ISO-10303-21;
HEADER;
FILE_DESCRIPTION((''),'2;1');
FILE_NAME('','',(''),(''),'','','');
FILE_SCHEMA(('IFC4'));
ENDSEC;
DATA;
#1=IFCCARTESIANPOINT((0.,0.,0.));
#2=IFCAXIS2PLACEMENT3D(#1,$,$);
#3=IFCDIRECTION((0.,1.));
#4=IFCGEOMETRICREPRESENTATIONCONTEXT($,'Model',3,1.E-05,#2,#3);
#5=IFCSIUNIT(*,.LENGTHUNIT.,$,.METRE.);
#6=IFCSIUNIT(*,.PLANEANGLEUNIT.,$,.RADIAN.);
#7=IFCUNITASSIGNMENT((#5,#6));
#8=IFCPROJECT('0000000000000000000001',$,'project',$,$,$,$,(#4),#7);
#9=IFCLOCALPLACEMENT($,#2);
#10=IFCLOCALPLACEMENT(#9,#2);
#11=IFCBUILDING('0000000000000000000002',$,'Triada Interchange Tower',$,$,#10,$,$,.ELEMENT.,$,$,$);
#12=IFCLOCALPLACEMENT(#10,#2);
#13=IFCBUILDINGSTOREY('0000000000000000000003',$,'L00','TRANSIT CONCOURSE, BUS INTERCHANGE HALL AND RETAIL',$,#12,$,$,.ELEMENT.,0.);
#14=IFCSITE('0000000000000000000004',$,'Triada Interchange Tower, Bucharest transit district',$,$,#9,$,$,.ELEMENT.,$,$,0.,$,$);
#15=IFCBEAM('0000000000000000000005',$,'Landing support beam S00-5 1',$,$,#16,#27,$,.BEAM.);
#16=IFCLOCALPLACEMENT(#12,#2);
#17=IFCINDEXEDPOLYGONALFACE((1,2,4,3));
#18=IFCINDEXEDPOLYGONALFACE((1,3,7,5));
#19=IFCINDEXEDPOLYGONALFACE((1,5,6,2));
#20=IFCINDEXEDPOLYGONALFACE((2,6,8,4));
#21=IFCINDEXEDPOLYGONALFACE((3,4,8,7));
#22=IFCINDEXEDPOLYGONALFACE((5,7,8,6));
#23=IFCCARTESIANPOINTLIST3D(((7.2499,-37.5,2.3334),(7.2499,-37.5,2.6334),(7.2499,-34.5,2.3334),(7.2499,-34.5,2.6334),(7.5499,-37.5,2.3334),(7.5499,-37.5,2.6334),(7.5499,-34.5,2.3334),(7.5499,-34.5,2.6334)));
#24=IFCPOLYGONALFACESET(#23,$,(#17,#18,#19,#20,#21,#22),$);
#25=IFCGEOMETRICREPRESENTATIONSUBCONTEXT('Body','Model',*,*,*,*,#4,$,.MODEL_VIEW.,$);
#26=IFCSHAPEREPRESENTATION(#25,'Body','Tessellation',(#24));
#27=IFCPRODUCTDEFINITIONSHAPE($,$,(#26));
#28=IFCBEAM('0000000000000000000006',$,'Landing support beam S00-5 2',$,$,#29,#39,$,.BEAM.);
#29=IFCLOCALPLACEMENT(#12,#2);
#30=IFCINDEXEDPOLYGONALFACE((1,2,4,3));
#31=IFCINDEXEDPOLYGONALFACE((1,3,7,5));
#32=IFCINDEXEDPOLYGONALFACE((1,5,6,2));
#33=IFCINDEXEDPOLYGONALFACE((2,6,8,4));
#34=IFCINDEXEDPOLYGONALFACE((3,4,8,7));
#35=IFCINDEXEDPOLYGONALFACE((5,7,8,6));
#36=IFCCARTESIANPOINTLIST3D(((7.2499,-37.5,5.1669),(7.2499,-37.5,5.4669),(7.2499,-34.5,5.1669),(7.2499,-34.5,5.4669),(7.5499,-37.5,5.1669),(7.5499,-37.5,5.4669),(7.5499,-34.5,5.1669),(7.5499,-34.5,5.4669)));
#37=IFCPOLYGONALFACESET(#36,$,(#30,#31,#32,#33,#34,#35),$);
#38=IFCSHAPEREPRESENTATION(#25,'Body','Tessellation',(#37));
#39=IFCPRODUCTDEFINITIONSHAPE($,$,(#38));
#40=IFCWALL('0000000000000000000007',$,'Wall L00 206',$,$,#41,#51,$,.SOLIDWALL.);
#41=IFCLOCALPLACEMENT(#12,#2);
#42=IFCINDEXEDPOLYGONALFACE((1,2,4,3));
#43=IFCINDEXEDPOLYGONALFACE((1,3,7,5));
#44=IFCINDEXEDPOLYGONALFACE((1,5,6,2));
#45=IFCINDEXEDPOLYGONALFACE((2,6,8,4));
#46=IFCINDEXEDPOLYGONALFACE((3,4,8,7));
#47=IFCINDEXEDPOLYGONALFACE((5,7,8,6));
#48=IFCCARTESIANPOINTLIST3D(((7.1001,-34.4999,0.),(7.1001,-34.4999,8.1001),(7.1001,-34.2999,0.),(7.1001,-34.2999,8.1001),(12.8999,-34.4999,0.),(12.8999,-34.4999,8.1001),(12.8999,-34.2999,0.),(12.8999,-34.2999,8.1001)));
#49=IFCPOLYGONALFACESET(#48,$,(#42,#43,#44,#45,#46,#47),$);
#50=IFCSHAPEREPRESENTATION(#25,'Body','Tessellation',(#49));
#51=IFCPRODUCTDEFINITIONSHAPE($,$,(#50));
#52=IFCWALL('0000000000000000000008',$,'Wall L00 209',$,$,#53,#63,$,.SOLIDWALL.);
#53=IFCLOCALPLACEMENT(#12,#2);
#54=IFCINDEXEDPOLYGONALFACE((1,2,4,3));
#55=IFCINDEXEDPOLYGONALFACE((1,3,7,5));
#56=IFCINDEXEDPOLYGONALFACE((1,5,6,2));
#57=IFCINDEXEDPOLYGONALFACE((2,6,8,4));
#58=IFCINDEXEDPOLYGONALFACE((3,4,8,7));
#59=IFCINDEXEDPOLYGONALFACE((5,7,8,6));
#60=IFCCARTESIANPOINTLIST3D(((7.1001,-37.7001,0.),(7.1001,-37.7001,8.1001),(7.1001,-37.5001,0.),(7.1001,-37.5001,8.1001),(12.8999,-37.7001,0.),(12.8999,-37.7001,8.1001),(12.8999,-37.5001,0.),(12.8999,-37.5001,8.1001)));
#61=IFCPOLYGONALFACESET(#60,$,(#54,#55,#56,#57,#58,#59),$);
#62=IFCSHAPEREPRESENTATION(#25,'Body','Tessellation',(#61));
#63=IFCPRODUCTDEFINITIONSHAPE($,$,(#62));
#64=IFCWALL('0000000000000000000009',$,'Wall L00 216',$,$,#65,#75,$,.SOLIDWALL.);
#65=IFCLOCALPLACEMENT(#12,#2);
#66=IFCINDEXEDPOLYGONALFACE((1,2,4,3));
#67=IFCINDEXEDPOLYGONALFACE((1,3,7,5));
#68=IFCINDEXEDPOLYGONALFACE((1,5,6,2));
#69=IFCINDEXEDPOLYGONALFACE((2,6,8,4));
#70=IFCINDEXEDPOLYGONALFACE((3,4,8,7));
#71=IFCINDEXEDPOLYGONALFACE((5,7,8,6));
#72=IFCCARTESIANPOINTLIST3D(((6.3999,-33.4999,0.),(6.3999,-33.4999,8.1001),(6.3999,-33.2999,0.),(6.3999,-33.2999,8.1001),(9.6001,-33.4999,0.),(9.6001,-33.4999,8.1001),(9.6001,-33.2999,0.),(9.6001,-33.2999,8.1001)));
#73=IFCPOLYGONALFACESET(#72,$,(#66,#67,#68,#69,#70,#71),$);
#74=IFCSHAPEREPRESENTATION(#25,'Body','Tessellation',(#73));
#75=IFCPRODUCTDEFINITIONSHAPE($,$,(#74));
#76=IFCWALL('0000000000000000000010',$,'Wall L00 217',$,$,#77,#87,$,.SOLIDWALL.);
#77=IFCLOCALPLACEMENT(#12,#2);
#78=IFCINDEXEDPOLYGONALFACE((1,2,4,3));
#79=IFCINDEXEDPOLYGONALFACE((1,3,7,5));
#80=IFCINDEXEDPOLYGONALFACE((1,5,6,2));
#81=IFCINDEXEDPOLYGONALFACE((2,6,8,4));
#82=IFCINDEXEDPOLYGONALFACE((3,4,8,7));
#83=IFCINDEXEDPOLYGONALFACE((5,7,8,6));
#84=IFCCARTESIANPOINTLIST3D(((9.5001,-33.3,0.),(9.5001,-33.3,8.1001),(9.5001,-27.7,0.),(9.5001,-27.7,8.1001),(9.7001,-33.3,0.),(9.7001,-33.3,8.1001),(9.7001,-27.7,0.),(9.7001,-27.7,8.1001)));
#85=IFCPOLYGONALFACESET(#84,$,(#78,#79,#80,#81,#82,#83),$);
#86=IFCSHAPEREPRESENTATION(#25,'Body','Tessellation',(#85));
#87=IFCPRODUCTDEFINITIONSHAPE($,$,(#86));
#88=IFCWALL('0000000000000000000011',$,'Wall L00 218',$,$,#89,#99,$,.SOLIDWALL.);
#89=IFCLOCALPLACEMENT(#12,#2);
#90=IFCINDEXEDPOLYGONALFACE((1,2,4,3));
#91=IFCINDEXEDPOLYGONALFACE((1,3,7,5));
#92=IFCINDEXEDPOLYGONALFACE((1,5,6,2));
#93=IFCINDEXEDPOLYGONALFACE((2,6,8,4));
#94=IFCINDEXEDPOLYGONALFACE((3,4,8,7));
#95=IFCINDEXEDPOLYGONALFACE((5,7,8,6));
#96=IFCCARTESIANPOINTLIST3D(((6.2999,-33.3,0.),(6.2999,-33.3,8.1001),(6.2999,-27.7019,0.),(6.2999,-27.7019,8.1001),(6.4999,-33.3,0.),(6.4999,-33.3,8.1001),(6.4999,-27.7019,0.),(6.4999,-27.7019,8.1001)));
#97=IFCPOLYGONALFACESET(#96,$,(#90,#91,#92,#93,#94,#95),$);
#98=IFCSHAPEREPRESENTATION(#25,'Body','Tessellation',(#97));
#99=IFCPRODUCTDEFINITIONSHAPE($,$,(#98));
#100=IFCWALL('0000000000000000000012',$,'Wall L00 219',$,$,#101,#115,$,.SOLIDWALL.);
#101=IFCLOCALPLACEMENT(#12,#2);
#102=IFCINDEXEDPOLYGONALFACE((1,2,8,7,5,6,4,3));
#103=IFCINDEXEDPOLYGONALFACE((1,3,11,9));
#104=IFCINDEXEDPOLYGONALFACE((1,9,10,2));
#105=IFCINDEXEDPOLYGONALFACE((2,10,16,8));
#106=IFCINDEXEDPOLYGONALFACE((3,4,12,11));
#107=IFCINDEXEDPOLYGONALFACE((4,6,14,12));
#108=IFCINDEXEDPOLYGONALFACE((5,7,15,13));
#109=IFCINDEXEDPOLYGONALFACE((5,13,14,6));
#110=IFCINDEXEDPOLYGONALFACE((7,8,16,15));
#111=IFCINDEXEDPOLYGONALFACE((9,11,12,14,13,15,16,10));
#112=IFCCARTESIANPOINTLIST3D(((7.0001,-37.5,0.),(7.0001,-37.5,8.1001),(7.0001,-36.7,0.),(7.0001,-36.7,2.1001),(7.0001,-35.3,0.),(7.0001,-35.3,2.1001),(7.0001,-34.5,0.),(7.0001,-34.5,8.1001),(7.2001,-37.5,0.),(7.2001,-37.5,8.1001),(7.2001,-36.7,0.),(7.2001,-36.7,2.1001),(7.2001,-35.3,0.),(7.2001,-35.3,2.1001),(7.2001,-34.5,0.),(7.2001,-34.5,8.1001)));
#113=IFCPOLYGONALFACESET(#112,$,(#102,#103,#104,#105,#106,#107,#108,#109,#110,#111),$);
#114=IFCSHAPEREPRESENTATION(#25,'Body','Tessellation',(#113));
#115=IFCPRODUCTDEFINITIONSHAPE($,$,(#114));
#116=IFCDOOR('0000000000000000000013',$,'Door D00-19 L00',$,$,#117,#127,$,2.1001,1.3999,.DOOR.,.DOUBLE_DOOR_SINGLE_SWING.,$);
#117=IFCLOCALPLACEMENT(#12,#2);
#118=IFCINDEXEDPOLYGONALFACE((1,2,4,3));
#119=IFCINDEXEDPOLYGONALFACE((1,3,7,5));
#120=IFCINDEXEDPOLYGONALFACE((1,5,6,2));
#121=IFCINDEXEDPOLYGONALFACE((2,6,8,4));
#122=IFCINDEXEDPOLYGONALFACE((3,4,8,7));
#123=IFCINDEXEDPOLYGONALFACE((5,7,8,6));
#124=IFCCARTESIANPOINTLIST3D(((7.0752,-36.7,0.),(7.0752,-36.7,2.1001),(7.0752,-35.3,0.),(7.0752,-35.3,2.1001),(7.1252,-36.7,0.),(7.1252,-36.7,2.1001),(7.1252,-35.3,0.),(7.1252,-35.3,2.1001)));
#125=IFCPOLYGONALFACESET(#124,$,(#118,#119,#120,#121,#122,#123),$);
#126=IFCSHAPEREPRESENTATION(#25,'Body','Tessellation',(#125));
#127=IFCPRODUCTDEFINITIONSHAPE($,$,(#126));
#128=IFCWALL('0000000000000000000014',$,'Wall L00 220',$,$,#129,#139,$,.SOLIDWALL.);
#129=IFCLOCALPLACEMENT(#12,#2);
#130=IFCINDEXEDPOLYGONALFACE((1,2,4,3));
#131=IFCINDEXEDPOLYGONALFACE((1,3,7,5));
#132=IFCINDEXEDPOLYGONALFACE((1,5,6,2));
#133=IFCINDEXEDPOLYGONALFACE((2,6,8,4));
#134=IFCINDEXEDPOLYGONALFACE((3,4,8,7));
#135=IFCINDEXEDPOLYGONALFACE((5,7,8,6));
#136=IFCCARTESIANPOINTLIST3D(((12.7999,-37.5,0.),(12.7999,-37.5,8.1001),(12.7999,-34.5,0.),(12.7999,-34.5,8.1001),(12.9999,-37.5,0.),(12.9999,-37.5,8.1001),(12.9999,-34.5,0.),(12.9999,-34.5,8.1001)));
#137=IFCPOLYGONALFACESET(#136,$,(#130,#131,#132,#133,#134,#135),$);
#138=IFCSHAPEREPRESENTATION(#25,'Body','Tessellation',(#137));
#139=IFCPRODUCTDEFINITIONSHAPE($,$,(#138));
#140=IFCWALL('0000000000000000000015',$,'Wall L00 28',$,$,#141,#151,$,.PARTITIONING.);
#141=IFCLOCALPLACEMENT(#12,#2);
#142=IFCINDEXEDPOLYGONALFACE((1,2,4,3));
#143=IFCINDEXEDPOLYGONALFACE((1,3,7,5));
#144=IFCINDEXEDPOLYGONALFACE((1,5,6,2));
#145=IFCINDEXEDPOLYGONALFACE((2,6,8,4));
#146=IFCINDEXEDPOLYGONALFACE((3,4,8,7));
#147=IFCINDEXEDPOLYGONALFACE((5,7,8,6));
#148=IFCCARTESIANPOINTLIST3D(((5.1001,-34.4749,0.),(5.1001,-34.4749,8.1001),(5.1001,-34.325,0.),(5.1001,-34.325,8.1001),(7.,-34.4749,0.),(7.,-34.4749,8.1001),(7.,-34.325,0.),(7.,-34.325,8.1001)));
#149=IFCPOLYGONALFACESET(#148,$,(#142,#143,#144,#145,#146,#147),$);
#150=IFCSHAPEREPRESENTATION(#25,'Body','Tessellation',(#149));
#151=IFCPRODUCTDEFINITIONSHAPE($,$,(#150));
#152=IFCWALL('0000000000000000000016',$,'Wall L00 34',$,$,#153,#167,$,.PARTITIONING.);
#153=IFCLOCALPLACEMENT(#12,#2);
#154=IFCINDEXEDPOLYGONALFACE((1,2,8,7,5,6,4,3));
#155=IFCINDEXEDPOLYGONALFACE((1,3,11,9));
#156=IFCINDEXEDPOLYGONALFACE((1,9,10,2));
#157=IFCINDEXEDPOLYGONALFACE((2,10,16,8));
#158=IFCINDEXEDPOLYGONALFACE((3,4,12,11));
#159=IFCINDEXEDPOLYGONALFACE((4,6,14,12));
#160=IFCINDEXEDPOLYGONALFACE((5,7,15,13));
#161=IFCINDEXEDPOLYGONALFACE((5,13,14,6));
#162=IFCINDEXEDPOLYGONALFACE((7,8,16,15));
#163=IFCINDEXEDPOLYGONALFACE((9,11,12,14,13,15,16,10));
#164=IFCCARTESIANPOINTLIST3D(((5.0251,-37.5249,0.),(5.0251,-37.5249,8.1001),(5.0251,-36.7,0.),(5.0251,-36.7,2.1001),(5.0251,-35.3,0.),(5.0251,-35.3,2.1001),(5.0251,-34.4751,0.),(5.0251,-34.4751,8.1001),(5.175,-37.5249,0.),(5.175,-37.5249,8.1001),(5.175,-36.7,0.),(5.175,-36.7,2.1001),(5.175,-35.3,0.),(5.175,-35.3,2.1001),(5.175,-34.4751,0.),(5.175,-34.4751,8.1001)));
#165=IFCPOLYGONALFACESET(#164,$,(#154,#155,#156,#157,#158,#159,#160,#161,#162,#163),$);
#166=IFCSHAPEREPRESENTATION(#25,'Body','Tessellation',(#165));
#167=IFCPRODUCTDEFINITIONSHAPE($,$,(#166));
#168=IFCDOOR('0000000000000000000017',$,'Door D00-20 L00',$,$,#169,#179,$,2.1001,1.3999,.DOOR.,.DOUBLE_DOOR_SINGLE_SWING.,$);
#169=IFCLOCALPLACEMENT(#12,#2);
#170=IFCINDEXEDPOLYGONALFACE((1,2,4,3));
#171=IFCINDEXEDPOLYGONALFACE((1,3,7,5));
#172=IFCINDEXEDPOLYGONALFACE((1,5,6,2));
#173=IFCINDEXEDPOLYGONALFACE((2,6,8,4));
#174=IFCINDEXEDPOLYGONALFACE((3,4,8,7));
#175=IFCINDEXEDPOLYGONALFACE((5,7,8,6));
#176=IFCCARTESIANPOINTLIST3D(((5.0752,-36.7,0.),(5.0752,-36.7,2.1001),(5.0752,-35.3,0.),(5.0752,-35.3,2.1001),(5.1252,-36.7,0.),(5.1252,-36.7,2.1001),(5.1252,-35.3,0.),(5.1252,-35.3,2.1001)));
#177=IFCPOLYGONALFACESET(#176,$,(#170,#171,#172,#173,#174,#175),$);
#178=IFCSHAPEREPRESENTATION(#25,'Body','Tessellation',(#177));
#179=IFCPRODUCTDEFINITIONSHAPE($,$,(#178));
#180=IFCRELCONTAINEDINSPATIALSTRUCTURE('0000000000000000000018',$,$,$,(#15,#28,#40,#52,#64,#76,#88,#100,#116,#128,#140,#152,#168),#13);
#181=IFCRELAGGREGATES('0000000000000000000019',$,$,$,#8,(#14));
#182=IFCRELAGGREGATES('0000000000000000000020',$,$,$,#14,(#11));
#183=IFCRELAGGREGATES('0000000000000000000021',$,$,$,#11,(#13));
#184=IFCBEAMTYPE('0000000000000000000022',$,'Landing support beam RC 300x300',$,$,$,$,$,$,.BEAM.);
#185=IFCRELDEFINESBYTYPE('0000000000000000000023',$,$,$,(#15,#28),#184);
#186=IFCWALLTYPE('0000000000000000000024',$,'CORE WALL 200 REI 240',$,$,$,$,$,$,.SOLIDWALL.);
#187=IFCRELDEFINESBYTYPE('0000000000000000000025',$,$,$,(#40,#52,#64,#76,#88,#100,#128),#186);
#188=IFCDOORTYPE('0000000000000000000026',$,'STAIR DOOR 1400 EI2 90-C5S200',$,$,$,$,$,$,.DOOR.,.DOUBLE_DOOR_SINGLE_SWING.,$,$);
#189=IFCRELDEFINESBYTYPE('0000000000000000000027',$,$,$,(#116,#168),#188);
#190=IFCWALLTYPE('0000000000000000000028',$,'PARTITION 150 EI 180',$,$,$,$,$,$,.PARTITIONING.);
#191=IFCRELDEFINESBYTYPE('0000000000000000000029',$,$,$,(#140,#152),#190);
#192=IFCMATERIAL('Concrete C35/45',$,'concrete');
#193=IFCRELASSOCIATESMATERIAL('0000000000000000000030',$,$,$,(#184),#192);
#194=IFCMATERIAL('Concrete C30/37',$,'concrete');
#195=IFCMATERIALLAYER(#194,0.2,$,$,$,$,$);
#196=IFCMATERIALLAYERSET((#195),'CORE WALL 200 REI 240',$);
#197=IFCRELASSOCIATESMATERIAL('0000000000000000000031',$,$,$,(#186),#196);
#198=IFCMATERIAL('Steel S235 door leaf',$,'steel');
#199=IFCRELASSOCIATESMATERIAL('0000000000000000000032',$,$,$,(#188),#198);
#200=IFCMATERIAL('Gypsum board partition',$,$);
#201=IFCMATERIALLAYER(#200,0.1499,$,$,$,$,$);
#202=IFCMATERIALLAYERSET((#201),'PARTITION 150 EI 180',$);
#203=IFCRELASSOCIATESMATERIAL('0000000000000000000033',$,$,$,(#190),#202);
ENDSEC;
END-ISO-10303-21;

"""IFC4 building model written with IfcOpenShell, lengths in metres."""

from ifc_helpers import new_model, si_unit, direction, frame, frame_2d, origin, origin_2d, place, context, subcontext, project, spatial, rectangle, extrude, material, layer, layer_set, material_profile, profile_set, type_object, element, fill, save


model = new_model("IFC4")

# Units and contexts
model_context = context("Model", 3, precision=1e-05, world=origin(), true_north=direction((0.0, 1.0)))
body_context = subcontext(model_context, "Body", "Model", "MODEL_VIEW")
ifc_project = project(units=[si_unit("LENGTHUNIT", "METRE"), si_unit("PLANEANGLEUNIT", "RADIAN")], contexts=[model_context])

# Site, building, storey
site_placement = place(None, origin())
site = spatial("IfcSite", under=ifc_project, at=site_placement, Name="Triada Interchange Tower, Bucharest transit district", CompositionType="ELEMENT", RefElevation=0.0)
building_placement = place(site_placement, origin())
building = spatial("IfcBuilding", under=site, at=building_placement, Name="Triada Interchange Tower", CompositionType="ELEMENT")
storey_placement = place(building_placement, origin())
storey = spatial("IfcBuildingStorey", under=building, at=storey_placement, Name="L00", Description="TRANSIT CONCOURSE, BUS INTERCHANGE HALL AND RETAIL", CompositionType="ELEMENT", Elevation=0.0)

# Beams
ifc_material_1 = material(Name="Concrete C35/45", Category="concrete")
ifc_material_profile = material_profile(ifc_material_1, rectangle(XDim=0.3, YDim=0.3, at=origin_2d()), Name="RC 300x300")
ifc_profile_set = profile_set([ifc_material_profile], Name="Concrete C35/45")
beam_type = type_object("IfcBeamType", Name="Landing support beam RC 300x300", PredefinedType="BEAM", material=ifc_profile_set)
for number, where, z_axis, x_axis, name in (
    (1, (7.3999, -34.5, 2.4834), (0.0, -1.0, 0.0), (1.0, 0.0, 0.0), "Landing support beam S00-5 1"),
    (2, (7.3999, -34.5, 5.3169), (0.0, -1.0, 0.0), (1.0, 0.0, 0.0), "Landing support beam S00-5 2"),
):
    element("IfcBeam", number, at=place(storey_placement, frame(where, z_axis=z_axis, x_axis=x_axis)), inside=storey, type_object=beam_type, Name=name, PredefinedType="BEAM", context=body_context, shape_type="SweptSolid", body=[
        extrude(rectangle(XDim=0.3, YDim=0.3, at=origin_2d()), origin(), (0.0, 0.0, 1.0), 3.0),
    ])

# Walls
ifc_material_2 = material(Name="Concrete C30/37", Category="concrete")
ifc_layer_1 = layer(ifc_material_2, 0.2)
ifc_layer_set_1 = layer_set([ifc_layer_1], Name="CORE WALL 200 REI 240")
wall_type_1 = type_object("IfcWallType", Name="CORE WALL 200 REI 240", PredefinedType="SOLIDWALL", material=ifc_layer_set_1)
for number, where, z_axis, x_axis, name in (
    (3, (7.1001, -34.3999, 0.0), (0.0, 0.0, 1.0), (1.0, 0.0, 0.0), "Wall L00 206"),
    (4, (7.1001, -37.6001, 0.0), (0.0, 0.0, 1.0), (1.0, 0.0, 0.0), "Wall L00 209"),
):
    element("IfcWall", number, at=place(storey_placement, frame(where, z_axis=z_axis, x_axis=x_axis)), inside=storey, type_object=wall_type_1, Name=name, PredefinedType="SOLIDWALL", context=body_context, shape_type="SweptSolid", body=[
        extrude(rectangle(XDim=5.7998, YDim=0.2, at=frame_2d((2.8999, 0.0))), origin(), (0.0, 0.0, 1.0), 8.1001),
    ])
wall_1_placement = place(storey_placement, frame((6.3999, -33.3999, 0.0), z_axis=(0.0, 0.0, 1.0), x_axis=(1.0, 0.0, 0.0)))
element("IfcWall", 5, at=wall_1_placement, inside=storey, type_object=wall_type_1, Name="Wall L00 216", PredefinedType="SOLIDWALL", context=body_context, shape_type="SweptSolid", body=[
    extrude(rectangle(XDim=3.2002, YDim=0.2, at=frame_2d((1.6001, 0.0))), origin(), (0.0, 0.0, 1.0), 8.1001),
])
wall_2_placement = place(storey_placement, frame((9.6001, -33.3, 0.0), z_axis=(0.0, 0.0, 1.0), x_axis=(0.0, 1.0, 0.0)))
element("IfcWall", 6, at=wall_2_placement, inside=storey, type_object=wall_type_1, Name="Wall L00 217", PredefinedType="SOLIDWALL", context=body_context, shape_type="SweptSolid", body=[
    extrude(rectangle(XDim=5.6001, YDim=0.2, at=frame_2d((2.8, 0.0))), origin(), (0.0, 0.0, 1.0), 8.1001),
])
wall_3_placement = place(storey_placement, frame((6.3999, -33.3, 0.0), z_axis=(0.0, 0.0, 1.0), x_axis=(0.0, 1.0, 0.0)))
element("IfcWall", 7, at=wall_3_placement, inside=storey, type_object=wall_type_1, Name="Wall L00 218", PredefinedType="SOLIDWALL", context=body_context, shape_type="SweptSolid", body=[
    extrude(rectangle(XDim=5.5981, YDim=0.2, at=frame_2d((2.7991, 0.0))), origin(), (0.0, 0.0, 1.0), 8.1001),
])

# Wall, opening, door
wall_4_placement = place(storey_placement, frame((7.1001, -37.5, 0.0), z_axis=(0.0, 0.0, 1.0), x_axis=(0.0, 1.0, 0.0)))
wall_4 = element("IfcWall", 8, at=wall_4_placement, inside=storey, type_object=wall_type_1, Name="Wall L00 219", PredefinedType="SOLIDWALL", context=body_context, shape_type="SweptSolid", body=[
    extrude(rectangle(XDim=3.0, YDim=0.2, at=frame_2d((1.5, 0.0))), origin(), (0.0, 0.0, 1.0), 8.1001),
])
opening_1_placement = place(wall_4_placement, frame((0.8, 0.0, 0.0)))
opening_1 = element("IfcOpeningElement", 9, at=opening_1_placement, cuts=wall_4, PredefinedType="OPENING", context=body_context, shape_type="SweptSolid", body=[
    extrude(rectangle(XDim=1.3999, YDim=2.1001, at=frame_2d((0.7, 1.05))), frame((0.0, 0.1099, 0.0), z_axis=(0.0, -1.0, 0.0), x_axis=(1.0, 0.0, 0.0)), (0.0, 0.0, 1.0), 0.22),
])
ifc_material_3 = material(Name="Steel S235 door leaf", Category="steel")
door_type = type_object("IfcDoorType", Name="STAIR DOOR 1400 EI2 90-C5S200", OperationType="DOUBLE_DOOR_SINGLE_SWING", PredefinedType="DOOR", material=ifc_material_3)
door_1_placement = place(opening_1_placement, origin())
door_1 = element("IfcDoor", 10, at=door_1_placement, inside=storey, type_object=door_type, Name="Door D00-19 L00", OperationType="DOUBLE_DOOR_SINGLE_SWING", OverallHeight=2.1001, OverallWidth=1.3999, PredefinedType="DOOR", context=body_context, shape_type="SweptSolid", body=[
    extrude(rectangle(XDim=1.3999, YDim=2.1001, at=frame_2d((0.7, 1.05))), frame((0.0, 0.0249, 0.0), z_axis=(0.0, -1.0, 0.0), x_axis=(1.0, 0.0, 0.0)), (0.0, 0.0, 1.0), 0.05),
])
fill(opening_1, door_1)

# Walls
wall_5_placement = place(storey_placement, frame((12.8999, -37.5, 0.0), z_axis=(0.0, 0.0, 1.0), x_axis=(0.0, 1.0, 0.0)))
element("IfcWall", 11, at=wall_5_placement, inside=storey, type_object=wall_type_1, Name="Wall L00 220", PredefinedType="SOLIDWALL", context=body_context, shape_type="SweptSolid", body=[
    extrude(rectangle(XDim=3.0, YDim=0.2, at=frame_2d((1.5, 0.0))), origin(), (0.0, 0.0, 1.0), 8.1001),
])
ifc_material_4 = material(Name="Gypsum board partition")
ifc_layer_2 = layer(ifc_material_4, 0.1499)
ifc_layer_set_2 = layer_set([ifc_layer_2], Name="PARTITION 150 EI 180")
wall_type_2 = type_object("IfcWallType", Name="PARTITION 150 EI 180", PredefinedType="PARTITIONING", material=ifc_layer_set_2)
wall_6_placement = place(storey_placement, frame((5.1001, -34.3999, 0.0), z_axis=(0.0, 0.0, 1.0), x_axis=(1.0, 0.0, 0.0)))
element("IfcWall", 12, at=wall_6_placement, inside=storey, type_object=wall_type_2, Name="Wall L00 28", PredefinedType="PARTITIONING", context=body_context, shape_type="SweptSolid", body=[
    extrude(rectangle(XDim=1.8999, YDim=0.1499, at=frame_2d((0.95, 0.0))), origin(), (0.0, 0.0, 1.0), 8.1001),
])

# Wall, opening, door
wall_7_placement = place(storey_placement, frame((5.1001, -37.5249, 0.0), z_axis=(0.0, 0.0, 1.0), x_axis=(0.0, 1.0, 0.0)))
wall_7 = element("IfcWall", 13, at=wall_7_placement, inside=storey, type_object=wall_type_2, Name="Wall L00 34", PredefinedType="PARTITIONING", context=body_context, shape_type="SweptSolid", body=[
    extrude(rectangle(XDim=3.0498, YDim=0.1499, at=frame_2d((1.5249, 0.0))), origin(), (0.0, 0.0, 1.0), 8.1001),
])
opening_2_placement = place(wall_7_placement, frame((0.825, 0.0, 0.0)))
opening_2 = element("IfcOpeningElement", 14, at=opening_2_placement, cuts=wall_7, PredefinedType="OPENING", context=body_context, shape_type="SweptSolid", body=[
    extrude(rectangle(XDim=1.3999, YDim=2.1001, at=frame_2d((0.7, 1.05))), frame((0.0, 0.085, 0.0), z_axis=(0.0, -1.0, 0.0), x_axis=(1.0, 0.0, 0.0)), (0.0, 0.0, 1.0), 0.1699),
])
door_2_placement = place(opening_2_placement, origin())
door_2 = element("IfcDoor", 15, at=door_2_placement, inside=storey, type_object=door_type, Name="Door D00-20 L00", OperationType="DOUBLE_DOOR_SINGLE_SWING", OverallHeight=2.1001, OverallWidth=1.3999, PredefinedType="DOOR", context=body_context, shape_type="SweptSolid", body=[
    extrude(rectangle(XDim=1.3999, YDim=2.1001, at=frame_2d((0.7, 1.05))), frame((0.0, 0.0249, 0.0), z_axis=(0.0, -1.0, 0.0), x_axis=(1.0, 0.0, 0.0)), (0.0, 0.0, 1.0), 0.05),
])
fill(opening_2, door_2)

save(model, "model.ifc")
